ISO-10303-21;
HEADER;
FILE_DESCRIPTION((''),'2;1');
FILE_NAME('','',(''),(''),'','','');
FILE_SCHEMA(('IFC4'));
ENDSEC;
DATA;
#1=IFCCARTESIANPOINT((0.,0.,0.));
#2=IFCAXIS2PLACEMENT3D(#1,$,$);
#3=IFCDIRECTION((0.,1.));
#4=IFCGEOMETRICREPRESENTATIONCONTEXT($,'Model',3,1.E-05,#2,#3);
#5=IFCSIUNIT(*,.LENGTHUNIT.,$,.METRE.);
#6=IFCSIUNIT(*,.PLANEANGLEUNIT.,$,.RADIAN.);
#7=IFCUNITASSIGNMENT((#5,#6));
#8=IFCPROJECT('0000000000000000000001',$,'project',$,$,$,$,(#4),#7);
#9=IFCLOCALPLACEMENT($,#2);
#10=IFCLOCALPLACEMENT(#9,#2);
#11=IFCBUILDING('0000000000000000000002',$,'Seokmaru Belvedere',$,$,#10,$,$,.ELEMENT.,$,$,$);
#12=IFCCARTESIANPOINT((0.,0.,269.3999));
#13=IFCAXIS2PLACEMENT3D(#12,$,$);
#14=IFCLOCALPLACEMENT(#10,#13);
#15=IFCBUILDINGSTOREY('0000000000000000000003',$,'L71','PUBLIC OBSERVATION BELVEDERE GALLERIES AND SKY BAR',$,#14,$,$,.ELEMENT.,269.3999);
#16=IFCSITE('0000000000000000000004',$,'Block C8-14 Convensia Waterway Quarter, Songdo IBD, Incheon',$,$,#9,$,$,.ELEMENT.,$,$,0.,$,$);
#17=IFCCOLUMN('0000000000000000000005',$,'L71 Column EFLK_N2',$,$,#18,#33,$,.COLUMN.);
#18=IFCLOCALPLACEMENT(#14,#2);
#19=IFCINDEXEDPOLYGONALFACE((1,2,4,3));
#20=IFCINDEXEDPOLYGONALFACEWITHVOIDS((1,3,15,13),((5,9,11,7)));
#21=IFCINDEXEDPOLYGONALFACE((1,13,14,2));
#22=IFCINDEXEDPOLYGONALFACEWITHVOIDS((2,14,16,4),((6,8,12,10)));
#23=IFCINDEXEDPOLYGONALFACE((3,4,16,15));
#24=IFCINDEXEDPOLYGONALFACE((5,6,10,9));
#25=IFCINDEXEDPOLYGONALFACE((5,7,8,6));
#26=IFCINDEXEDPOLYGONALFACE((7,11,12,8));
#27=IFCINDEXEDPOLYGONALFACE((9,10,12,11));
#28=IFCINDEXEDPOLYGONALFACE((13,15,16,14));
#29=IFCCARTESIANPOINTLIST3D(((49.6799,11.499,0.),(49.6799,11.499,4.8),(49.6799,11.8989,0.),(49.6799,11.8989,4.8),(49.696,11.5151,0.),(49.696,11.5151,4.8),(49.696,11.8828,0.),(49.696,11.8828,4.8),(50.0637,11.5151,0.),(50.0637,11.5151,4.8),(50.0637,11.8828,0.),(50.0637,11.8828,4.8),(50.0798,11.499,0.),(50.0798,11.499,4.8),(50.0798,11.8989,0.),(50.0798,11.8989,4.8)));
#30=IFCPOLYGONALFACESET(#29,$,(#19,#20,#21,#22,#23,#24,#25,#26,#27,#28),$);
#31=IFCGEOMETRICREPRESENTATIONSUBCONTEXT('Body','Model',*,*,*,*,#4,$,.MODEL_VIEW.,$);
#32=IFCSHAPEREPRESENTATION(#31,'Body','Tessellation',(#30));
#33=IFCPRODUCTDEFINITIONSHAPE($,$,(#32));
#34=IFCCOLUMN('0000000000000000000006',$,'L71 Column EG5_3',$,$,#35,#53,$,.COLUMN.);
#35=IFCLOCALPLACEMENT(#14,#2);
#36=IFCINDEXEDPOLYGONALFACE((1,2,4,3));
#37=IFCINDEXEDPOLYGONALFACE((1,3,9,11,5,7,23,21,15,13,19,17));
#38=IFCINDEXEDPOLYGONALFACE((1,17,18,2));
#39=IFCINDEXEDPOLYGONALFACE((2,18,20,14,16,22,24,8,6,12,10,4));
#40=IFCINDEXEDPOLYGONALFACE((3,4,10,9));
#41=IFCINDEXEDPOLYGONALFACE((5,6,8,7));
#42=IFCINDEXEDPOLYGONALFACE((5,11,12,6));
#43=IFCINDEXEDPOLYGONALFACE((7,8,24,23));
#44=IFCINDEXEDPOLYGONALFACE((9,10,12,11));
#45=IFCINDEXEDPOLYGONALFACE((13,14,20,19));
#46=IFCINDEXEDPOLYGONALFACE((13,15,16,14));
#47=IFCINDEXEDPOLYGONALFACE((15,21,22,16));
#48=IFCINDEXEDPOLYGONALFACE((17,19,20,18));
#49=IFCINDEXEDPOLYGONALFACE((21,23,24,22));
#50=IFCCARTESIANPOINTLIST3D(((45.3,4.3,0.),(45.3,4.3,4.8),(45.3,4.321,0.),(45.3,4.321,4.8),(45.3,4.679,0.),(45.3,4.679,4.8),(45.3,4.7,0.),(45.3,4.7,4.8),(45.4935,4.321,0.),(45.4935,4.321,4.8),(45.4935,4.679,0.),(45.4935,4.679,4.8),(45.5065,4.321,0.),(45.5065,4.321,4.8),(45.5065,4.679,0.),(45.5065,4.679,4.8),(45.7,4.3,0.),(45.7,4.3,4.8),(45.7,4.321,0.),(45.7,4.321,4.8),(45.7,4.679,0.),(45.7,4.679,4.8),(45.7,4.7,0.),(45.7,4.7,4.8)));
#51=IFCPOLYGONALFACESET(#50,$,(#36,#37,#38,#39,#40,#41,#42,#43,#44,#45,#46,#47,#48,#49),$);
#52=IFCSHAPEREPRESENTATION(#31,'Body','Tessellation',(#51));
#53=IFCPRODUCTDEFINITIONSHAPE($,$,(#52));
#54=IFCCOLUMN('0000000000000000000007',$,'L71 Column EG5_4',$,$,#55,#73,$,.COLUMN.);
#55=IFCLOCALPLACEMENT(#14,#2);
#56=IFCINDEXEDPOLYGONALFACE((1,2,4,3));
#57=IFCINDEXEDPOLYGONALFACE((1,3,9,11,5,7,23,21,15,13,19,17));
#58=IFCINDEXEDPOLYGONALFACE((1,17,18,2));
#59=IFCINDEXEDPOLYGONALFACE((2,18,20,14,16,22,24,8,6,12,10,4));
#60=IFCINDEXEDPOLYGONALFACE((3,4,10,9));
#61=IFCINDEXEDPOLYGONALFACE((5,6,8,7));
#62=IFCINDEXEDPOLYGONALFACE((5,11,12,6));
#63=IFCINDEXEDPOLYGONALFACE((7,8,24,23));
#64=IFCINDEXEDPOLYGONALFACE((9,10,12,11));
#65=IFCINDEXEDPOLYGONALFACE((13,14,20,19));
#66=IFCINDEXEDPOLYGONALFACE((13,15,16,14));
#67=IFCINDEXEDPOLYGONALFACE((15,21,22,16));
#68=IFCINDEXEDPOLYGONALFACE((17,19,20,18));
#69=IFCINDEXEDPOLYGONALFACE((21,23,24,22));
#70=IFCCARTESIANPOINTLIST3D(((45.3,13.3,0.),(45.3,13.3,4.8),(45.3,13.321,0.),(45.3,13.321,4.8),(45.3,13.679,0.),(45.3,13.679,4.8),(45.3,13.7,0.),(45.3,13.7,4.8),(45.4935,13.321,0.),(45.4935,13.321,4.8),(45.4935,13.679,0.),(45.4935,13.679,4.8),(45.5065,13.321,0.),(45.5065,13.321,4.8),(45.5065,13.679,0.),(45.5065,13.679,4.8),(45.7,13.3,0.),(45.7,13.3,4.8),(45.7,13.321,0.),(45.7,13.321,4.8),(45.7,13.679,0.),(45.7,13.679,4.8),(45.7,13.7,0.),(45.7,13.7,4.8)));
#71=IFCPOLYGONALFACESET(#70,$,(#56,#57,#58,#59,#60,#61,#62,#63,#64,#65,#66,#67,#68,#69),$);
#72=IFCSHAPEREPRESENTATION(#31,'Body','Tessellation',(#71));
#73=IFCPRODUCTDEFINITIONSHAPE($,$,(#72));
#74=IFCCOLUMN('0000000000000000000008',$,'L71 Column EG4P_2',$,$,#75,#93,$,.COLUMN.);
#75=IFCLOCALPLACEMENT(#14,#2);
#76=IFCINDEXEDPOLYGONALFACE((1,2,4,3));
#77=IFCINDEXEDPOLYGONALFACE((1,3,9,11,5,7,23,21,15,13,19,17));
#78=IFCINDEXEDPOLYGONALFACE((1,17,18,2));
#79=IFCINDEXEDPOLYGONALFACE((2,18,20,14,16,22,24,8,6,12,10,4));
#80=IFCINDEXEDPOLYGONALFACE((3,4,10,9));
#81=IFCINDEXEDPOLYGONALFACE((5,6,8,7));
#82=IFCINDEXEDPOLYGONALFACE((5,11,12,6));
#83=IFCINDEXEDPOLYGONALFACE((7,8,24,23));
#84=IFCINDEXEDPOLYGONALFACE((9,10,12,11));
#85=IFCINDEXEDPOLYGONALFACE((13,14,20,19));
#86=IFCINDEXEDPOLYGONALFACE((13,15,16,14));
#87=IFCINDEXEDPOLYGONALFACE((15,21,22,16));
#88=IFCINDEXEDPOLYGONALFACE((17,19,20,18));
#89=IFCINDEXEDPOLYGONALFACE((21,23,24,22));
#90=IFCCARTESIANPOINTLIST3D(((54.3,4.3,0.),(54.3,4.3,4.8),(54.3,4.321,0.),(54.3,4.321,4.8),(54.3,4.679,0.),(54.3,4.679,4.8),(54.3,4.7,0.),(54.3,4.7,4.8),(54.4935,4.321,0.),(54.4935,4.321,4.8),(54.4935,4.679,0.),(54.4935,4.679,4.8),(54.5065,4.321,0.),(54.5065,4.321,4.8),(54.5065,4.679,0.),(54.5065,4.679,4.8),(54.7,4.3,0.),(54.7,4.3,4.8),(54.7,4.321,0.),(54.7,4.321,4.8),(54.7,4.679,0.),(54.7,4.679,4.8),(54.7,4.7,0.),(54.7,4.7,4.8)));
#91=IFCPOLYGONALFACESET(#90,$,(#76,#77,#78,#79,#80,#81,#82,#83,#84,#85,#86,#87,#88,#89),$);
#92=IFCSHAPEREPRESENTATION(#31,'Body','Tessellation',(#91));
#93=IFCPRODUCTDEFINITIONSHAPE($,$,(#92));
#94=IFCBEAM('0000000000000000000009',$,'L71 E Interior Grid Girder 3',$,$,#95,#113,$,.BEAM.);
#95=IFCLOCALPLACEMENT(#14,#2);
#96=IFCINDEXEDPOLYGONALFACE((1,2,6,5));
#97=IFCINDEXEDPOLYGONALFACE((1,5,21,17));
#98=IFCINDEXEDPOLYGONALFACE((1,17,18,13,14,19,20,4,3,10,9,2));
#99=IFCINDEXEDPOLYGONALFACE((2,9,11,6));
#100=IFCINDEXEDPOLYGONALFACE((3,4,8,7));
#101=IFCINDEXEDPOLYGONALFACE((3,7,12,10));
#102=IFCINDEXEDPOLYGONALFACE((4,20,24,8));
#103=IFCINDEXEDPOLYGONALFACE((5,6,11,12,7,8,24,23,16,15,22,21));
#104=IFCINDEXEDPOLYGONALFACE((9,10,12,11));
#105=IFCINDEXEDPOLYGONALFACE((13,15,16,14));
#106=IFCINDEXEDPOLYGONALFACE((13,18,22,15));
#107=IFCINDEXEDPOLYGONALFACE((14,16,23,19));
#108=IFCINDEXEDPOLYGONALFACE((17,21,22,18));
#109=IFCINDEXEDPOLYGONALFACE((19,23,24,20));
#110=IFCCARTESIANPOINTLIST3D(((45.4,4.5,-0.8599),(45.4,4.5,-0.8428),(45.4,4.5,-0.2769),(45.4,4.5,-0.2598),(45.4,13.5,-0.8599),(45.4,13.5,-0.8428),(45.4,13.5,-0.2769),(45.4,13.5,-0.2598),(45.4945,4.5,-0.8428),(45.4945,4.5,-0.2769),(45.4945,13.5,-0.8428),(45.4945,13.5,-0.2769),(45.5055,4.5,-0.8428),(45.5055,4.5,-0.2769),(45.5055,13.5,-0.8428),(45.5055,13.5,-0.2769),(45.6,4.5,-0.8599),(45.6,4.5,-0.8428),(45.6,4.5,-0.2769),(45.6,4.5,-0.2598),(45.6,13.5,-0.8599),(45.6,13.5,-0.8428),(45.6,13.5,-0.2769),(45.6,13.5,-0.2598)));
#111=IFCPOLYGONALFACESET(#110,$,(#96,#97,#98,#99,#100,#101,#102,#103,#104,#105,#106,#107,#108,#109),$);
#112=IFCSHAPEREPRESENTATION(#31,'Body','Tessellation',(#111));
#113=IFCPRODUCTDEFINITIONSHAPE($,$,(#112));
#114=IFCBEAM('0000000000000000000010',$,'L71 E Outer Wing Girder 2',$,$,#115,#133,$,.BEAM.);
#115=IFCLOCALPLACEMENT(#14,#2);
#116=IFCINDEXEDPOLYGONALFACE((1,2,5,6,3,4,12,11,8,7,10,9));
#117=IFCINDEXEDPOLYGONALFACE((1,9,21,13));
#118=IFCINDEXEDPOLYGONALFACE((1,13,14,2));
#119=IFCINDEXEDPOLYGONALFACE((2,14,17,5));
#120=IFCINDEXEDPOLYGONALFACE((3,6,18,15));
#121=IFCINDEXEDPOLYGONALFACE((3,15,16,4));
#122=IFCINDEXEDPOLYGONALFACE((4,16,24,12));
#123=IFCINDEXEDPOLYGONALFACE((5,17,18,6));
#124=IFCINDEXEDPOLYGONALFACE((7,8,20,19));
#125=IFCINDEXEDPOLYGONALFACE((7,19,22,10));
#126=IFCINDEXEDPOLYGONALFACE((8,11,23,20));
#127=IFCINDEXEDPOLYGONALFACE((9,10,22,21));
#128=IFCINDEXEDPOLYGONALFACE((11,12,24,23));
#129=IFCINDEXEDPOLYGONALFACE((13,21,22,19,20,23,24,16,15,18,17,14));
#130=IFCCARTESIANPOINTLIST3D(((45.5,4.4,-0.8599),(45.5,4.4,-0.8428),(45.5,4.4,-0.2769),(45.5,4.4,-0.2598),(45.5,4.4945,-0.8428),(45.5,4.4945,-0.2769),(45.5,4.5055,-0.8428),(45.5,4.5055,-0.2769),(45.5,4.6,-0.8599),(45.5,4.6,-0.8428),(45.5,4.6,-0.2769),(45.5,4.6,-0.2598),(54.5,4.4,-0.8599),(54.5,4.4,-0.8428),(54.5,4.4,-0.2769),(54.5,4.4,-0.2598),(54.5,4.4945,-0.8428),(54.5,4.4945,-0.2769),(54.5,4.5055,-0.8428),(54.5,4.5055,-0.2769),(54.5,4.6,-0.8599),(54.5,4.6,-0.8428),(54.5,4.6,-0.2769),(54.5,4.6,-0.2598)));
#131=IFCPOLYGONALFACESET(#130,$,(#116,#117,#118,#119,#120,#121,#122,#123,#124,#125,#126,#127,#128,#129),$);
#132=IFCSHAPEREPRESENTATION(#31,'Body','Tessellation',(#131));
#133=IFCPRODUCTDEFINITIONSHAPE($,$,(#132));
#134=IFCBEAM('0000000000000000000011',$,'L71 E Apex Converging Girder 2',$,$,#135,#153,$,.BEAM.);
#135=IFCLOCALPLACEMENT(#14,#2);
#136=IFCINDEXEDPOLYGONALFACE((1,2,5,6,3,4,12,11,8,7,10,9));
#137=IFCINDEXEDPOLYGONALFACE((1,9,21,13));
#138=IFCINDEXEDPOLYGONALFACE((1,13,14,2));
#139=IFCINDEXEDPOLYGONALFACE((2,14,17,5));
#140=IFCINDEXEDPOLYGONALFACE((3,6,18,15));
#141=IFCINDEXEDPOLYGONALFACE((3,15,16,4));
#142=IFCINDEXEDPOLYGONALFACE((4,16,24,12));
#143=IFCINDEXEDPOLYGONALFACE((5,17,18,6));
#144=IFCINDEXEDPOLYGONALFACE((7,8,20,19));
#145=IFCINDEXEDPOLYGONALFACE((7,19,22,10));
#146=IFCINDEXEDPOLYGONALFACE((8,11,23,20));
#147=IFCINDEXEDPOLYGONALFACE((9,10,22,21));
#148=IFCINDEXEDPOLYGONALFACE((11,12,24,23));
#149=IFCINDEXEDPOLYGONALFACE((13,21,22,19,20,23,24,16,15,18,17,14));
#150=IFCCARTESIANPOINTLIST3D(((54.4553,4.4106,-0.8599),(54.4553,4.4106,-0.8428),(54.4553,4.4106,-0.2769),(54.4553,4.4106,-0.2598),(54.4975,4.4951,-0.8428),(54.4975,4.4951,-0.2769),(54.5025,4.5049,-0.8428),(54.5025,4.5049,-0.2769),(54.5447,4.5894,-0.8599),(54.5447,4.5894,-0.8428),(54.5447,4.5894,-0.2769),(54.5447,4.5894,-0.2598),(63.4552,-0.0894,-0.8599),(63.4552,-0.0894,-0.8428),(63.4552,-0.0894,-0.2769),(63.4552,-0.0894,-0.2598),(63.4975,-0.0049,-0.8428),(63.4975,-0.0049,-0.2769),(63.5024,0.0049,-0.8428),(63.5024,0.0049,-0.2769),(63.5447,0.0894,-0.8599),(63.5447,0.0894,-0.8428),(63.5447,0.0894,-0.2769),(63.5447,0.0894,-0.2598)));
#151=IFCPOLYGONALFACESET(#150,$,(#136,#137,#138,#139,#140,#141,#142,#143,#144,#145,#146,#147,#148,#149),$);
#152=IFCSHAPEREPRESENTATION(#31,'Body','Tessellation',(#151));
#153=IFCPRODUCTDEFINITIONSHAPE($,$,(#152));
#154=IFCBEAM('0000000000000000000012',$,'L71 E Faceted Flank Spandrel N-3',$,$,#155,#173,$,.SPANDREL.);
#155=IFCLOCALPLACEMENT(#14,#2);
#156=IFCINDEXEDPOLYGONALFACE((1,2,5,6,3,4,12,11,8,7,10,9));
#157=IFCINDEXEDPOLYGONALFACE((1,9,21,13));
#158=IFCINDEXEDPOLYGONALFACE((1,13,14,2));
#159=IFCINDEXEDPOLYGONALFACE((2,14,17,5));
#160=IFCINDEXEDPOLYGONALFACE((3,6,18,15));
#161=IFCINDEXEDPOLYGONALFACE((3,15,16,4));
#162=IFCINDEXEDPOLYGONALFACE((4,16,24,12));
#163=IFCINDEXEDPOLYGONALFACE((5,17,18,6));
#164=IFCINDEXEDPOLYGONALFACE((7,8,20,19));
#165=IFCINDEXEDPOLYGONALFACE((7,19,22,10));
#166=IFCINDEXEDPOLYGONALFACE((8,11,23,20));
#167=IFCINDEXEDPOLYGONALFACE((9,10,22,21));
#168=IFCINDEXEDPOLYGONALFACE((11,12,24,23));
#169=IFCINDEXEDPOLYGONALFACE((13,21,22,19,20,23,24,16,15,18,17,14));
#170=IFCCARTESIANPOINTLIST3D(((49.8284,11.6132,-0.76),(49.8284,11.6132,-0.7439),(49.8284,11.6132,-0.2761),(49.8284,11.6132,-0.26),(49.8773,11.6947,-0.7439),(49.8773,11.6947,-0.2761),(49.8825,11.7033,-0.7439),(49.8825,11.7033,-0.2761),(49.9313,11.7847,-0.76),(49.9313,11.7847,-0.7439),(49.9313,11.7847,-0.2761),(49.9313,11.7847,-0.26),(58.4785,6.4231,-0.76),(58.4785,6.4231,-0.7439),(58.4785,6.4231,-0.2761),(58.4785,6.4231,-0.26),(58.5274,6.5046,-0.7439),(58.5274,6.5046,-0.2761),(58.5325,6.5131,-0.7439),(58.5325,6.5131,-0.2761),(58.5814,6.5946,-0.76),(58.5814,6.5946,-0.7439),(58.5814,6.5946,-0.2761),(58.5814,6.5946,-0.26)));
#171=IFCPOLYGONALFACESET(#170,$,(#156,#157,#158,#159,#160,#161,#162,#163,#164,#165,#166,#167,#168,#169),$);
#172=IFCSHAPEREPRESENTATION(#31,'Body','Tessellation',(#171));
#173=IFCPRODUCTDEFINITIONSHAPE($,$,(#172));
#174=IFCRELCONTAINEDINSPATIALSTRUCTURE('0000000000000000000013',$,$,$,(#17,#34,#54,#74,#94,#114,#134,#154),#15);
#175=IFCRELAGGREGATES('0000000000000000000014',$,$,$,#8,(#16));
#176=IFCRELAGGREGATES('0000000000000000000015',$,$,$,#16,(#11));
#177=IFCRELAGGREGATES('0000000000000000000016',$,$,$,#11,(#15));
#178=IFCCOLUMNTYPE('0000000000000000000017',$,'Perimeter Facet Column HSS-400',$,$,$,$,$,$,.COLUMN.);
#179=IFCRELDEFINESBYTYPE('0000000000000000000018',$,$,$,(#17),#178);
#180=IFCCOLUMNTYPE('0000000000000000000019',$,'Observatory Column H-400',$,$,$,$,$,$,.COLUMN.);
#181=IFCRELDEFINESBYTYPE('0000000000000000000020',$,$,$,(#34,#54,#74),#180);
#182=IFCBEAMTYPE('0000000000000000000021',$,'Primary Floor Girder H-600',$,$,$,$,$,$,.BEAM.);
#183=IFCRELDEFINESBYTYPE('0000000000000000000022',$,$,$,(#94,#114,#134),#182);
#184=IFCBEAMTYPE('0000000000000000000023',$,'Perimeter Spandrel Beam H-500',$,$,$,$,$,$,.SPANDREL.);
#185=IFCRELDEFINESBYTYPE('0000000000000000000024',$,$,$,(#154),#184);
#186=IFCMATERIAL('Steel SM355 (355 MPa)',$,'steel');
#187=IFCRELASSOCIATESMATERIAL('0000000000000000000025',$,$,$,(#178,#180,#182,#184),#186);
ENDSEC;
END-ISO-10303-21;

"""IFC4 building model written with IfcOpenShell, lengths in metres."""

from ifc_helpers import new_model, si_unit, direction, frame, origin, origin_2d, place, context, subcontext, project, spatial, hollow_rectangle, i_section, extrude, source, transform, mapped, material, material_profile, profile_set, type_object, type_shapes, element, save


model = new_model("IFC4")

# Units and contexts
model_context = context("Model", 3, precision=1e-05, world=origin(), true_north=direction((0.0, 1.0)))
body_context = subcontext(model_context, "Body", "Model", "MODEL_VIEW")
ifc_project = project(units=[si_unit("LENGTHUNIT", "METRE"), si_unit("PLANEANGLEUNIT", "RADIAN")], contexts=[model_context])

# Site, building, storey
site_placement = place(None, origin())
site = spatial("IfcSite", under=ifc_project, at=site_placement, Name="Block C8-14 Convensia Waterway Quarter, Songdo IBD, Incheon", CompositionType="ELEMENT", RefElevation=0.0)
building_placement = place(site_placement, origin())
building = spatial("IfcBuilding", under=site, at=building_placement, Name="Seokmaru Belvedere", CompositionType="ELEMENT")
storey_placement = place(building_placement, frame((0.0, 0.0, 269.3999)))
storey = spatial("IfcBuildingStorey", under=building, at=storey_placement, Name="L71", Description="PUBLIC OBSERVATION BELVEDERE GALLERIES AND SKY BAR", CompositionType="ELEMENT", Elevation=269.3999)

# Columns
ifc_material_1 = material(Name="Steel SM355 (355 MPa)", Category="steel")
ifc_material_profile_1 = material_profile(ifc_material_1, hollow_rectangle(XDim=0.3999, YDim=0.3999, WallThickness=0.0161, at=origin_2d()), Name="HSS-400x400x16")
ifc_profile_set_1 = profile_set([ifc_material_profile_1], Name="Steel SM355 (355 MPa)")
column_type_1 = type_object("IfcColumnType", Name="Perimeter Facet Column HSS-400", PredefinedType="COLUMN", material=ifc_profile_set_1)
shared_shape_1 = source(origin(), body_context, "Body", "SweptSolid", [
    extrude(hollow_rectangle(XDim=0.3999, YDim=0.3999, WallThickness=0.0161, at=origin_2d()), origin(), (0.0, 0.0, 1.0), 4.8),
])
type_shapes(column_type_1, [shared_shape_1])
column_placement = place(storey_placement, frame((49.8799, 11.699, 0.0), z_axis=(0.0, 0.0, 1.0), x_axis=(1.0, 0.0, 0.0)))
element("IfcColumn", 1, at=column_placement, inside=storey, type_object=column_type_1, Name="L71 Column EFLK_N2", PredefinedType="COLUMN", context=body_context, shape_type="MappedRepresentation", body=[
    mapped(shared_shape_1, transform((0.0, 0.0, 0.0), scale=1.0)),
])
ifc_material_profile_2 = material_profile(ifc_material_1, i_section(OverallWidth=0.3999, OverallDepth=0.3999, WebThickness=0.0129, FlangeThickness=0.021, at=origin_2d()), Name="H-400x400x13x21")
ifc_profile_set_2 = profile_set([ifc_material_profile_2], Name="Steel SM355 (355 MPa)")
column_type_2 = type_object("IfcColumnType", Name="Observatory Column H-400", PredefinedType="COLUMN", material=ifc_profile_set_2)
shared_shape_2 = source(origin(), body_context, "Body", "SweptSolid", [
    extrude(i_section(OverallWidth=0.3999, OverallDepth=0.3999, WebThickness=0.0129, FlangeThickness=0.021, at=origin_2d()), origin(), (0.0, 0.0, 1.0), 4.8),
])
type_shapes(column_type_2, [shared_shape_2])
for number, where, z_axis, x_axis, name in (
    (2, (45.5, 4.5, 0.0), (0.0, 0.0, 1.0), (1.0, 0.0, 0.0), "L71 Column EG5_3"),
    (3, (45.5, 13.5, 0.0), (0.0, 0.0, 1.0), (1.0, 0.0, 0.0), "L71 Column EG5_4"),
    (4, (54.5, 4.5, 0.0), (0.0, 0.0, 1.0), (1.0, 0.0, 0.0), "L71 Column EG4P_2"),
):
    element("IfcColumn", number, at=place(storey_placement, frame(where, z_axis=z_axis, x_axis=x_axis)), inside=storey, type_object=column_type_2, Name=name, PredefinedType="COLUMN", context=body_context, shape_type="MappedRepresentation", body=[
        mapped(shared_shape_2, transform((0.0, 0.0, 0.0), scale=1.0)),
    ])

# Beams
ifc_material_profile_3 = material_profile(ifc_material_1, i_section(OverallWidth=0.2, OverallDepth=0.6001, WebThickness=0.011, FlangeThickness=0.0171, at=origin_2d()), Name="H-600x200x11x17")
ifc_profile_set_3 = profile_set([ifc_material_profile_3], Name="Steel SM355 (355 MPa)")
beam_type_1 = type_object("IfcBeamType", Name="Primary Floor Girder H-600", PredefinedType="BEAM", material=ifc_profile_set_3)
shared_shape_3 = source(origin(), body_context, "Body", "SweptSolid", [
    extrude(i_section(OverallWidth=0.2, OverallDepth=0.6001, WebThickness=0.011, FlangeThickness=0.0171, at=origin_2d()), origin(), (0.0, 0.0, 1.0), 9.0),
])
for number, where, z_axis, x_axis, name in (
    (5, (45.5, 4.5, -0.5598), (0.0, 1.0, 0.0), (-1.0, 0.0, 0.0), "L71 E Interior Grid Girder 3"),
    (6, (45.5, 4.5, -0.5598), (1.0, 0.0, 0.0), (0.0, 1.0, 0.0), "L71 E Outer Wing Girder 2"),
):
    element("IfcBeam", number, at=place(storey_placement, frame(where, z_axis=z_axis, x_axis=x_axis)), inside=storey, type_object=beam_type_1, Name=name, PredefinedType="BEAM", context=body_context, shape_type="MappedRepresentation", body=[
        mapped(shared_shape_3, transform((0.0, 0.0, 0.0), scale=1.0)),
    ])
shared_shape_4 = source(origin(), body_context, "Body", "SweptSolid", [
    extrude(i_section(OverallWidth=0.2, OverallDepth=0.6001, WebThickness=0.011, FlangeThickness=0.0171, at=origin_2d()), origin(), (0.0, 0.0, 1.0), 10.0623),
])
beam_1_placement = place(storey_placement, frame((54.5, 4.5, -0.5598), z_axis=(0.894427, -0.447214, 0.0), x_axis=(0.447214, 0.894427, 0.0)))
element("IfcBeam", 7, at=beam_1_placement, inside=storey, type_object=beam_type_1, Name="L71 E Apex Converging Girder 2", PredefinedType="BEAM", context=body_context, shape_type="MappedRepresentation", body=[
    mapped(shared_shape_4, transform((0.0, 0.0, 0.0), scale=1.0)),
])
ifc_material_profile_4 = material_profile(ifc_material_1, i_section(OverallWidth=0.2, OverallDepth=0.5, WebThickness=0.01, FlangeThickness=0.0161, at=origin_2d()), Name="H-500x200x10x16")
ifc_profile_set_4 = profile_set([ifc_material_profile_4], Name="Steel SM355 (355 MPa)")
beam_type_2 = type_object("IfcBeamType", Name="Perimeter Spandrel Beam H-500", PredefinedType="SPANDREL", material=ifc_profile_set_4)
shared_shape_5 = source(origin(), body_context, "Body", "SweptSolid", [
    extrude(i_section(OverallWidth=0.2, OverallDepth=0.5, WebThickness=0.01, FlangeThickness=0.0161, at=origin_2d()), origin(), (0.0, 0.0, 1.0), 10.0876),
])
type_shapes(beam_type_2, [shared_shape_5])
beam_2_placement = place(storey_placement, frame((49.8799, 11.699, -0.51), z_axis=(0.857489, -0.514503, 0.0), x_axis=(0.514503, 0.857489, 0.0)))
element("IfcBeam", 8, at=beam_2_placement, inside=storey, type_object=beam_type_2, Name="L71 E Faceted Flank Spandrel N-3", PredefinedType="SPANDREL", context=body_context, shape_type="MappedRepresentation", body=[
    mapped(shared_shape_5, transform((0.0, 0.0, 0.0), scale=1.0)),
])

save(model, "model.ifc")
